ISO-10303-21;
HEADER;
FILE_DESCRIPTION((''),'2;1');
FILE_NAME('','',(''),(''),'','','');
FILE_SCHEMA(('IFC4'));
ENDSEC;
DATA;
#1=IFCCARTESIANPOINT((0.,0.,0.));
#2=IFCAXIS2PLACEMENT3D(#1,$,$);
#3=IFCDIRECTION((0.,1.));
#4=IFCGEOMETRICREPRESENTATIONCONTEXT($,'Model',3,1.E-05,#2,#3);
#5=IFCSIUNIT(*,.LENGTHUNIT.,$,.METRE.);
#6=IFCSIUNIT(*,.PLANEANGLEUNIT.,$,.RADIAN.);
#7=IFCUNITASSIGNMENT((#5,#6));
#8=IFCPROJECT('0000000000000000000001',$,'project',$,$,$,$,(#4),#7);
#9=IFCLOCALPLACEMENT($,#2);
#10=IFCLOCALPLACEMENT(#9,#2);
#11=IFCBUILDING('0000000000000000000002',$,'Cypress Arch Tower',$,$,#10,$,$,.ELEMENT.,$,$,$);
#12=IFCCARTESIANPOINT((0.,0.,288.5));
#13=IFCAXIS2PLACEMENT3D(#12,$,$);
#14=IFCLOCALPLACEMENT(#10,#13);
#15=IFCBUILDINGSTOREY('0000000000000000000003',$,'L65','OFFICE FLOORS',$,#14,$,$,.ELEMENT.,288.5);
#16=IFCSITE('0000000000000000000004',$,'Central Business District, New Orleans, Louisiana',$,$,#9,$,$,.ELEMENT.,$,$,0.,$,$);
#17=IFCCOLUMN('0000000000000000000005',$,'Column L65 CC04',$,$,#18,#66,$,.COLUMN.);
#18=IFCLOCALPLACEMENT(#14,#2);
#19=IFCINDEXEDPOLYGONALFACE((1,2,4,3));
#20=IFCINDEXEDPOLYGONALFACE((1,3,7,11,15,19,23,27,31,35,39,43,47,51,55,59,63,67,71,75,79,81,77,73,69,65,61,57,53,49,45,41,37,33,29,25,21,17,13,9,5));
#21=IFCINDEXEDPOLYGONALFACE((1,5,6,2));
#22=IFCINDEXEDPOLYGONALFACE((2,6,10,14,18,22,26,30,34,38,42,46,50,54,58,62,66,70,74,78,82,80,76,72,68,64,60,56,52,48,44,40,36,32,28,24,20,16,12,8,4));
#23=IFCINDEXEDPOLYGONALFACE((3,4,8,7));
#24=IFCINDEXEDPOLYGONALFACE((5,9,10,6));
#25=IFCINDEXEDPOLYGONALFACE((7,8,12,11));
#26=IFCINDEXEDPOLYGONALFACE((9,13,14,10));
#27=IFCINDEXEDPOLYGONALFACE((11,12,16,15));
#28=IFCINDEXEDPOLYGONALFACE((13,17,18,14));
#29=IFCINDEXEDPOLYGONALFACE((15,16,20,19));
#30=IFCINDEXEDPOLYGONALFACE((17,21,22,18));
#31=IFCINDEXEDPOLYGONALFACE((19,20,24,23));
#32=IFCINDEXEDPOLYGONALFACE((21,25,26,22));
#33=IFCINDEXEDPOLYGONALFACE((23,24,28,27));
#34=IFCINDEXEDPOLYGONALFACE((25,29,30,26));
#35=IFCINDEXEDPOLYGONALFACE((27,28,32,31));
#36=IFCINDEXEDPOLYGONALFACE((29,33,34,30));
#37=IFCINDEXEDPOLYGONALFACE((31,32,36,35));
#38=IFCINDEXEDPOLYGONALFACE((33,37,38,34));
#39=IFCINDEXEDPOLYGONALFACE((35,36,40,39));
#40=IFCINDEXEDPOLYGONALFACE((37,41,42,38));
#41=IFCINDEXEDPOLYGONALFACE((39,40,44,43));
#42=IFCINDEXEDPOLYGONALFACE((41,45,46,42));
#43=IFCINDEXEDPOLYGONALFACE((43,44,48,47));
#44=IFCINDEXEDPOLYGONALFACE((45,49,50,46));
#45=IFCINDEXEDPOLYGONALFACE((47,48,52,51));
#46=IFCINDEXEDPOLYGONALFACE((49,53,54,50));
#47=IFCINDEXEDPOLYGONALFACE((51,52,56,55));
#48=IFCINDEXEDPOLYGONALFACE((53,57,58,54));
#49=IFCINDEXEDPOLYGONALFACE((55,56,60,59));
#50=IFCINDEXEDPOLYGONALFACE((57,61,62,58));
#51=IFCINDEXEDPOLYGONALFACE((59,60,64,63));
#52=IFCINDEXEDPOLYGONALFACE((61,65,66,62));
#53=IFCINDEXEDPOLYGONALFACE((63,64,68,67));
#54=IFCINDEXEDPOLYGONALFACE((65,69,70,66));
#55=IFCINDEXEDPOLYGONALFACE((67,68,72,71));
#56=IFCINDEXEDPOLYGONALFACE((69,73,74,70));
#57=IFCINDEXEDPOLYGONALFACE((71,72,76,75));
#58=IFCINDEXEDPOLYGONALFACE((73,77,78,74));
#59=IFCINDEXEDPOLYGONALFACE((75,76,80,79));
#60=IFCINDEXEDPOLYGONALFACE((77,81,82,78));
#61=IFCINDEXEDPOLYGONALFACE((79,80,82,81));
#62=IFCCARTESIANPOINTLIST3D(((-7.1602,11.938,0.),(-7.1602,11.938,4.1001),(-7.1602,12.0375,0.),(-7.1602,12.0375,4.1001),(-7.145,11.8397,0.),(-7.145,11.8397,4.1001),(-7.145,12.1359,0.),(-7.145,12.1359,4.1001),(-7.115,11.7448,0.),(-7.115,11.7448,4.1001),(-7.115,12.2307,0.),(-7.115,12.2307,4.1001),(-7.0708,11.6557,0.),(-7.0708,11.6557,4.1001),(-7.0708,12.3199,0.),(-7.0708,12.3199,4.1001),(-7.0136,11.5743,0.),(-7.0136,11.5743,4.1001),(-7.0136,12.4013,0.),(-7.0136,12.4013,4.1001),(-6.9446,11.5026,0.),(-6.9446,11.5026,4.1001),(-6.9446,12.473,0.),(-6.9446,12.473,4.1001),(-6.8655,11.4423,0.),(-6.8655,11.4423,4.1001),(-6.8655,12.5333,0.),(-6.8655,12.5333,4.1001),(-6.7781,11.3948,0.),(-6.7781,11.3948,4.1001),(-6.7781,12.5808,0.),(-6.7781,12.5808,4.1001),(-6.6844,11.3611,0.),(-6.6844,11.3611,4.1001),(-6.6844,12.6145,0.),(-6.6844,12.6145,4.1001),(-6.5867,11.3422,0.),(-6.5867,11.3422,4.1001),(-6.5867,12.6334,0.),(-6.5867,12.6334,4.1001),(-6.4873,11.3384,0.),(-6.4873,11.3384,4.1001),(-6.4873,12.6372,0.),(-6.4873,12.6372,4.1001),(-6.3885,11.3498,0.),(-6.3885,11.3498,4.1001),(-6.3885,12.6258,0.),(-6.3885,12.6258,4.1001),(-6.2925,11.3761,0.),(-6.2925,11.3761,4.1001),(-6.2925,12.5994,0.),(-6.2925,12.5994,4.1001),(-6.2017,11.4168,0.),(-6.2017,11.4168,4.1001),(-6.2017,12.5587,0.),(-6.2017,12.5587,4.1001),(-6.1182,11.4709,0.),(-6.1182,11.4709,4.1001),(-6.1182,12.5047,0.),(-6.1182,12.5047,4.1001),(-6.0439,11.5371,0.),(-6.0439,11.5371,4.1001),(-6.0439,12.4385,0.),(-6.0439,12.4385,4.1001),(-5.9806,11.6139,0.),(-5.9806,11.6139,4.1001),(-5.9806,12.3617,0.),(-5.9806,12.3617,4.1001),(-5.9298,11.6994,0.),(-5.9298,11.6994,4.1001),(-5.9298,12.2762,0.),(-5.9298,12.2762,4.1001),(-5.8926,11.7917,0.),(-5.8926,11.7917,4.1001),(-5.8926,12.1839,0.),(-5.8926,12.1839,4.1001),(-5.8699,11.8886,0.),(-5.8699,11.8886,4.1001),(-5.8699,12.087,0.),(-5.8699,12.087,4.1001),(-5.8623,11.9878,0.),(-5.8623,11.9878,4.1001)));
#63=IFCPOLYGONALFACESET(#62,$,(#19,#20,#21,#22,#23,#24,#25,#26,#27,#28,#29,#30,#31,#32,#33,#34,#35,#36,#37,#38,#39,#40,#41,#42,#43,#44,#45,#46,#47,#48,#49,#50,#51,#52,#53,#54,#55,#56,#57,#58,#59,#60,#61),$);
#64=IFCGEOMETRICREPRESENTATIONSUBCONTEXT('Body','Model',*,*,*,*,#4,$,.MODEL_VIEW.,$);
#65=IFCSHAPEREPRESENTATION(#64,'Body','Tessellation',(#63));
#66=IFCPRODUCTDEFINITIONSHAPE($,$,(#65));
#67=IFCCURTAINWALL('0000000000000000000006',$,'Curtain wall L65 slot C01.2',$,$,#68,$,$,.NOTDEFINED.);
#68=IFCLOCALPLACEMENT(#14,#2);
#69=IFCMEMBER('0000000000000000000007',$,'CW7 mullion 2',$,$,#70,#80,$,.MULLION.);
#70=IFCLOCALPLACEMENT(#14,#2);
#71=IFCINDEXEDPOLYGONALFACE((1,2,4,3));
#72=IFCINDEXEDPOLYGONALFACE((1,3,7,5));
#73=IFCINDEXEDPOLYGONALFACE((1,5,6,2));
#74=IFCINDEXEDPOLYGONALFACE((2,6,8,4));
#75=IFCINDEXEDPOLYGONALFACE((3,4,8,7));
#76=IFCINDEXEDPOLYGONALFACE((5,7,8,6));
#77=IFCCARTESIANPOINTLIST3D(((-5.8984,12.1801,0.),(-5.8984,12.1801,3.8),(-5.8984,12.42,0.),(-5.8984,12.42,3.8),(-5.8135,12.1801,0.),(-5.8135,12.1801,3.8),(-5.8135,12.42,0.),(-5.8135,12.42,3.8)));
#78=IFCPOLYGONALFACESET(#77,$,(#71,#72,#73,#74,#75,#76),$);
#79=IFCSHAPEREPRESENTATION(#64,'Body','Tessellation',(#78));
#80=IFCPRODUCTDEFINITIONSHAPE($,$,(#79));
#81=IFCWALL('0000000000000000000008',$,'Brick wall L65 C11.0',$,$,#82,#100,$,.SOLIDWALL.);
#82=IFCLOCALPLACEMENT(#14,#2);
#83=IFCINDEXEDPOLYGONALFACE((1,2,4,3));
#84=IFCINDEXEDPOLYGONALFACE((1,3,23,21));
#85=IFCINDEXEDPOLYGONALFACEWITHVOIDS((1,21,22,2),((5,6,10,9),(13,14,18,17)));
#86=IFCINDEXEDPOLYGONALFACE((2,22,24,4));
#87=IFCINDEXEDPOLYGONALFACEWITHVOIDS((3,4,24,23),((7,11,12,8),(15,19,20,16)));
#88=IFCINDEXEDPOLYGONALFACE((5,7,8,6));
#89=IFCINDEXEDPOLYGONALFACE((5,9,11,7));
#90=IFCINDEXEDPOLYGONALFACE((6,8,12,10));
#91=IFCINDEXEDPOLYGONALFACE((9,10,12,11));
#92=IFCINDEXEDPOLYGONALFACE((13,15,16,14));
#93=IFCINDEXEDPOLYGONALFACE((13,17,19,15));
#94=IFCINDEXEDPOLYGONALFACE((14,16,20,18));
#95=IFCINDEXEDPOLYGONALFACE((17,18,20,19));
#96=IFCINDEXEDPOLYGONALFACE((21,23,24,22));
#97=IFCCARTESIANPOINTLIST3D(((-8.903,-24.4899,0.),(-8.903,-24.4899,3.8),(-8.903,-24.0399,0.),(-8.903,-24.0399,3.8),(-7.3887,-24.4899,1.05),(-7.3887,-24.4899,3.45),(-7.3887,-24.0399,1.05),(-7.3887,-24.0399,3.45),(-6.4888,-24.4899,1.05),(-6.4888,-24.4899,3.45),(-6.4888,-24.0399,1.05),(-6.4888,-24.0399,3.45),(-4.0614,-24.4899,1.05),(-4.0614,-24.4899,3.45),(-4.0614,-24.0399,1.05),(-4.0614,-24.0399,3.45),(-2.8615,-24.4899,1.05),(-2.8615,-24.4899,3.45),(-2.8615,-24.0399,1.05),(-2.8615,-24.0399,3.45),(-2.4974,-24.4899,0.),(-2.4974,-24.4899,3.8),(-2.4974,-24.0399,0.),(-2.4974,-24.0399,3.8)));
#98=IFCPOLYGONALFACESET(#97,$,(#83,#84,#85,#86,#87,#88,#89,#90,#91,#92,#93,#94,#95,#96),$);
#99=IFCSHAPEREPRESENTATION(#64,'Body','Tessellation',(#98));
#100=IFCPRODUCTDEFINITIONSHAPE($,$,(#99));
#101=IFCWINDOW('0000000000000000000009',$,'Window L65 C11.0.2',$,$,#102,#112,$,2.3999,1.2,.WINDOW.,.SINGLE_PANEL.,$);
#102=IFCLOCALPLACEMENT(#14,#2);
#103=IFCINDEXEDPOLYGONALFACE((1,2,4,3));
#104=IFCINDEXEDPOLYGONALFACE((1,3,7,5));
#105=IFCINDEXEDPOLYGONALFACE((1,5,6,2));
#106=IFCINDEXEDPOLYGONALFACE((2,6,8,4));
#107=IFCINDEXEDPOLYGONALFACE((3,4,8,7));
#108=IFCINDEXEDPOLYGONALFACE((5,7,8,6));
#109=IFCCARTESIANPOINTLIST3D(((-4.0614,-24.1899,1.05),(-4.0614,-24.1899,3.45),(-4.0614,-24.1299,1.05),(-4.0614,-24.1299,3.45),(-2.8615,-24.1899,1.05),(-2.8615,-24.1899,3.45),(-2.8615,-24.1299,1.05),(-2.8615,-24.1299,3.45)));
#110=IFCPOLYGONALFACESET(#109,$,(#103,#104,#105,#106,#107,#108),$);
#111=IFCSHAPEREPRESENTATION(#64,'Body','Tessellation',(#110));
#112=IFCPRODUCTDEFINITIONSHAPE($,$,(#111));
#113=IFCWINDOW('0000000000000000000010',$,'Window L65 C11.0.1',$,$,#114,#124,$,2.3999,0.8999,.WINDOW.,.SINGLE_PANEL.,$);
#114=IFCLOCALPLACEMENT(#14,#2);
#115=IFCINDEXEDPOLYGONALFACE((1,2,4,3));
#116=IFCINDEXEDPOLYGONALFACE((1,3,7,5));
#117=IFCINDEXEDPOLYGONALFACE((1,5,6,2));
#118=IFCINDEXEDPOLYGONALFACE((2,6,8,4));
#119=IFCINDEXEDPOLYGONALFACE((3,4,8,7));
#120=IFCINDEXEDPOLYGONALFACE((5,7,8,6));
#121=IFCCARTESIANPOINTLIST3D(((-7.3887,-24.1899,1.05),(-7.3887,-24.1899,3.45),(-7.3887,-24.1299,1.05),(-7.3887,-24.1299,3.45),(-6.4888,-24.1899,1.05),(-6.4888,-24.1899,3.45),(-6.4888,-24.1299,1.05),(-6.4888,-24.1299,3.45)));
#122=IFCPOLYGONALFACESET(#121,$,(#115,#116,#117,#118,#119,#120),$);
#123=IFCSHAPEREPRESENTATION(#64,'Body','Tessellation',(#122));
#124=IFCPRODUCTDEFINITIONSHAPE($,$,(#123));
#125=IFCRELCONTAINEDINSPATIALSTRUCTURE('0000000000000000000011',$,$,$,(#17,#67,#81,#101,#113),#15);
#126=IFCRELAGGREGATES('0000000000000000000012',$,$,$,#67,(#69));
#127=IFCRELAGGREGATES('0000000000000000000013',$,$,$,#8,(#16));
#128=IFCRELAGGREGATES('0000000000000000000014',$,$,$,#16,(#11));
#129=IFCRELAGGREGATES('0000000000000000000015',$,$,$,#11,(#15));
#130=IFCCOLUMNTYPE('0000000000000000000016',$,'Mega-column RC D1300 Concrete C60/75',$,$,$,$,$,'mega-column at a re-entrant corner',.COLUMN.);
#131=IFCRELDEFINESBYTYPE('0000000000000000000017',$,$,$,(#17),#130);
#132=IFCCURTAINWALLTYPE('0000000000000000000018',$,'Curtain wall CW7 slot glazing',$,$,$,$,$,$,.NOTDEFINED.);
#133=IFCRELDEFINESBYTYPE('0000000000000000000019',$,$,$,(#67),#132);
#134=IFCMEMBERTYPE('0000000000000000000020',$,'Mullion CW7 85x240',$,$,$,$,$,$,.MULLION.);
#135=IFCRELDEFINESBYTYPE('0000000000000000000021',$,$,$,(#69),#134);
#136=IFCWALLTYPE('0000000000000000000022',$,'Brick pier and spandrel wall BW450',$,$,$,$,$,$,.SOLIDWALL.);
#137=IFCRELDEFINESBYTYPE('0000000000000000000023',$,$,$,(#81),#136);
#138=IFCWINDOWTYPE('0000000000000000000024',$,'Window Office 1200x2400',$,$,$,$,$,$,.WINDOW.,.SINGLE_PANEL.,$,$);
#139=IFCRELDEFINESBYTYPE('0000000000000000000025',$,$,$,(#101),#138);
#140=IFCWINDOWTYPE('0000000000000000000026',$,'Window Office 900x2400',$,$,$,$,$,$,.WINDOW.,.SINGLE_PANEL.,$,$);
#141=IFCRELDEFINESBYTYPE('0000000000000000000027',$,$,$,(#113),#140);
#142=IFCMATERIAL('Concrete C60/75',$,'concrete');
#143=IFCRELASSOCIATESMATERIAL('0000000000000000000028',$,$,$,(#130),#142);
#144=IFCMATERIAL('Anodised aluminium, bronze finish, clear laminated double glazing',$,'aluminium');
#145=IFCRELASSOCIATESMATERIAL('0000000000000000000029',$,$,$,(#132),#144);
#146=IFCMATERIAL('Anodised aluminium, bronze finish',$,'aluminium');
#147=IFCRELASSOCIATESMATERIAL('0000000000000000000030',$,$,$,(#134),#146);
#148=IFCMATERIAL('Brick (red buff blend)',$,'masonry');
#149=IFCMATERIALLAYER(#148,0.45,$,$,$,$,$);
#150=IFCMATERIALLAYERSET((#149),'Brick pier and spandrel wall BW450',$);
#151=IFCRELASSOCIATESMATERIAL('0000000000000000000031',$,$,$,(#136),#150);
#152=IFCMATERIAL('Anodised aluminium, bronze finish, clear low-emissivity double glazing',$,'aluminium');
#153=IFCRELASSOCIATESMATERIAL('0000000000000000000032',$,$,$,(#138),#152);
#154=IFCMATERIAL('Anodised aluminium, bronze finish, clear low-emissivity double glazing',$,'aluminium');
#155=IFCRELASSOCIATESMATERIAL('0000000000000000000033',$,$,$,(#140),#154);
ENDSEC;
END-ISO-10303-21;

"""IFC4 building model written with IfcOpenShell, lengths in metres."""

from ifc_helpers import new_model, si_unit, direction, frame, frame_2d, origin, origin_2d, place, context, subcontext, project, spatial, rectangle, circle, extrude, material, layer, layer_set, material_profile, profile_set, type_object, element, fill, aggregate, save


model = new_model("IFC4")

# Units and contexts
model_context = context("Model", 3, precision=1e-05, world=origin(), true_north=direction((0.0, 1.0)))
body_context = subcontext(model_context, "Body", "Model", "MODEL_VIEW")
ifc_project = project(units=[si_unit("LENGTHUNIT", "METRE"), si_unit("PLANEANGLEUNIT", "RADIAN")], contexts=[model_context])

# Site, building, storey
site_placement = place(None, origin())
site = spatial("IfcSite", under=ifc_project, at=site_placement, Name="Central Business District, New Orleans, Louisiana", CompositionType="ELEMENT", RefElevation=0.0)
building_placement = place(site_placement, origin())
building = spatial("IfcBuilding", under=site, at=building_placement, Name="Cypress Arch Tower", CompositionType="ELEMENT")
storey_placement = place(building_placement, frame((0.0, 0.0, 288.5)))
storey = spatial("IfcBuildingStorey", under=building, at=storey_placement, Name="L65", Description="OFFICE FLOORS", CompositionType="ELEMENT", Elevation=288.5)

# Column
ifc_material_1 = material(Name="Concrete C60/75", Category="concrete")
ifc_material_profile_1 = material_profile(ifc_material_1, circle(Radius=0.6499, at=origin_2d()), Name="RC D1300")
ifc_profile_set_1 = profile_set([ifc_material_profile_1], Name="Concrete C60/75")
column_type_1 = type_object("IfcColumnType", Name="Mega-column RC D1300 Concrete C60/75", ElementType="mega-column at a re-entrant corner", PredefinedType="COLUMN", material=ifc_profile_set_1)
column_placement = place(storey_placement, frame((-6.5122, 11.9878, 0.0), z_axis=(0.0, 0.0, 1.0), x_axis=(1.0, 0.0, 0.0)))
element("IfcColumn", 1, at=column_placement, inside=storey, type_object=column_type_1, Name="Column L65 CC04", PredefinedType="COLUMN", context=body_context, shape_type="SweptSolid", body=[
    extrude(circle(Radius=0.6499, at=origin_2d()), origin(), (0.0, 0.0, 1.0), 4.1001),
])

# Curtain wall, member
ifc_material_2 = material(Name="Anodised aluminium, bronze finish, clear laminated double glazing", Category="aluminium")
curtain_wall_type = type_object("IfcCurtainWallType", Name="Curtain wall CW7 slot glazing", PredefinedType="NOTDEFINED", material=ifc_material_2)
curtain_wall_placement = place(storey_placement, origin())
curtain_wall = element("IfcCurtainWall", 2, at=curtain_wall_placement, inside=storey, type_object=curtain_wall_type, Name="Curtain wall L65 slot C01.2", PredefinedType="NOTDEFINED")
ifc_material_3 = material(Name="Anodised aluminium, bronze finish", Category="aluminium")
ifc_material_profile_2 = material_profile(ifc_material_3, rectangle(XDim=0.24, YDim=0.085, at=origin_2d()), Name="Mullion 85x240")
ifc_profile_set_2 = profile_set([ifc_material_profile_2], Name="Anodised aluminium, bronze finish")
member_type = type_object("IfcMemberType", Name="Mullion CW7 85x240", PredefinedType="MULLION", material=ifc_profile_set_2)
member_placement = place(storey_placement, frame((-5.856, 12.3, 0.0), z_axis=(0.0, 0.0, 1.0), x_axis=(0.0, -1.0, 0.0)))
member = element("IfcMember", 3, at=member_placement, type_object=member_type, Name="CW7 mullion 2", PredefinedType="MULLION", context=body_context, shape_type="SweptSolid", body=[
    extrude(rectangle(XDim=0.24, YDim=0.085, at=origin_2d()), origin(), (0.0, 0.0, 1.0), 3.8),
])
aggregate(curtain_wall, [member])

# Wall, openings, windows
ifc_material_4 = material(Name="Brick (red buff blend)", Category="masonry")
ifc_layer_1 = layer(ifc_material_4, 0.45)
ifc_layer_set_1 = layer_set([ifc_layer_1], Name="Brick pier and spandrel wall BW450")
wall_type_1 = type_object("IfcWallType", Name="Brick pier and spandrel wall BW450", PredefinedType="SOLIDWALL", material=ifc_layer_set_1)
wall_1_placement = place(storey_placement, frame((-8.9028, -24.2649, 0.0), z_axis=(0.0, 0.0, 1.0), x_axis=(1.0, 0.0, 0.0)))
wall_1 = element("IfcWall", 4, at=wall_1_placement, inside=storey, type_object=wall_type_1, Name="Brick wall L65 C11.0", PredefinedType="SOLIDWALL", context=body_context, shape_type="SweptSolid", body=[
    extrude(rectangle(XDim=6.4055, YDim=0.45, at=frame_2d((3.2026, 0.0))), origin(), (0.0, 0.0, 1.0), 3.8),
])
opening_1_placement = place(wall_1_placement, frame((1.5142, 0.0, 1.05)))
opening_1 = element("IfcOpeningElement", 5, at=opening_1_placement, cuts=wall_1, PredefinedType="OPENING", context=body_context, shape_type="SweptSolid", body=[
    extrude(rectangle(XDim=0.8999, YDim=2.3999, at=frame_2d((0.45, 1.2))), frame((0.0, 0.2349, 0.0), z_axis=(0.0, -1.0, 0.0), x_axis=(1.0, 0.0, 0.0)), (0.0, 0.0, 1.0), 0.47),
])
opening_2_placement = place(wall_1_placement, frame((4.8413, 0.0, 1.05)))
opening_2 = element("IfcOpeningElement", 6, at=opening_2_placement, cuts=wall_1, PredefinedType="OPENING", context=body_context, shape_type="SweptSolid", body=[
    extrude(rectangle(XDim=1.2, YDim=2.3999, at=frame_2d((0.6001, 1.2))), frame((0.0, 0.2349, 0.0), z_axis=(0.0, -1.0, 0.0), x_axis=(1.0, 0.0, 0.0)), (0.0, 0.0, 1.0), 0.47),
])
ifc_material_5 = material(Name="Anodised aluminium, bronze finish, clear low-emissivity double glazing", Category="aluminium")
window_type_1 = type_object("IfcWindowType", Name="Window Office 1200x2400", PartitioningType="SINGLE_PANEL", PredefinedType="WINDOW", material=ifc_material_5)
window_1_placement = place(opening_2_placement, origin())
window_1 = element("IfcWindow", 7, at=window_1_placement, inside=storey, type_object=window_type_1, Name="Window L65 C11.0.2", OverallHeight=2.3999, OverallWidth=1.2, PartitioningType="SINGLE_PANEL", PredefinedType="WINDOW", context=body_context, shape_type="SweptSolid", body=[
    extrude(rectangle(XDim=1.2, YDim=2.3999, at=frame_2d((0.6001, 1.2))), frame((0.0, 0.135, 0.0), z_axis=(0.0, -1.0, 0.0), x_axis=(1.0, 0.0, 0.0)), (0.0, 0.0, 1.0), 0.0601),
])
fill(opening_2, window_1)
ifc_material_6 = material(Name="Anodised aluminium, bronze finish, clear low-emissivity double glazing", Category="aluminium")
window_type_2 = type_object("IfcWindowType", Name="Window Office 900x2400", PartitioningType="SINGLE_PANEL", PredefinedType="WINDOW", material=ifc_material_6)
window_2_placement = place(opening_1_placement, origin())
window_2 = element("IfcWindow", 8, at=window_2_placement, inside=storey, type_object=window_type_2, Name="Window L65 C11.0.1", OverallHeight=2.3999, OverallWidth=0.8999, PartitioningType="SINGLE_PANEL", PredefinedType="WINDOW", context=body_context, shape_type="SweptSolid", body=[
    extrude(rectangle(XDim=0.8999, YDim=2.3999, at=frame_2d((0.45, 1.2))), frame((0.0, 0.135, 0.0), z_axis=(0.0, -1.0, 0.0), x_axis=(1.0, 0.0, 0.0)), (0.0, 0.0, 1.0), 0.0601),
])
fill(opening_1, window_2)

save(model, "model.ifc")
